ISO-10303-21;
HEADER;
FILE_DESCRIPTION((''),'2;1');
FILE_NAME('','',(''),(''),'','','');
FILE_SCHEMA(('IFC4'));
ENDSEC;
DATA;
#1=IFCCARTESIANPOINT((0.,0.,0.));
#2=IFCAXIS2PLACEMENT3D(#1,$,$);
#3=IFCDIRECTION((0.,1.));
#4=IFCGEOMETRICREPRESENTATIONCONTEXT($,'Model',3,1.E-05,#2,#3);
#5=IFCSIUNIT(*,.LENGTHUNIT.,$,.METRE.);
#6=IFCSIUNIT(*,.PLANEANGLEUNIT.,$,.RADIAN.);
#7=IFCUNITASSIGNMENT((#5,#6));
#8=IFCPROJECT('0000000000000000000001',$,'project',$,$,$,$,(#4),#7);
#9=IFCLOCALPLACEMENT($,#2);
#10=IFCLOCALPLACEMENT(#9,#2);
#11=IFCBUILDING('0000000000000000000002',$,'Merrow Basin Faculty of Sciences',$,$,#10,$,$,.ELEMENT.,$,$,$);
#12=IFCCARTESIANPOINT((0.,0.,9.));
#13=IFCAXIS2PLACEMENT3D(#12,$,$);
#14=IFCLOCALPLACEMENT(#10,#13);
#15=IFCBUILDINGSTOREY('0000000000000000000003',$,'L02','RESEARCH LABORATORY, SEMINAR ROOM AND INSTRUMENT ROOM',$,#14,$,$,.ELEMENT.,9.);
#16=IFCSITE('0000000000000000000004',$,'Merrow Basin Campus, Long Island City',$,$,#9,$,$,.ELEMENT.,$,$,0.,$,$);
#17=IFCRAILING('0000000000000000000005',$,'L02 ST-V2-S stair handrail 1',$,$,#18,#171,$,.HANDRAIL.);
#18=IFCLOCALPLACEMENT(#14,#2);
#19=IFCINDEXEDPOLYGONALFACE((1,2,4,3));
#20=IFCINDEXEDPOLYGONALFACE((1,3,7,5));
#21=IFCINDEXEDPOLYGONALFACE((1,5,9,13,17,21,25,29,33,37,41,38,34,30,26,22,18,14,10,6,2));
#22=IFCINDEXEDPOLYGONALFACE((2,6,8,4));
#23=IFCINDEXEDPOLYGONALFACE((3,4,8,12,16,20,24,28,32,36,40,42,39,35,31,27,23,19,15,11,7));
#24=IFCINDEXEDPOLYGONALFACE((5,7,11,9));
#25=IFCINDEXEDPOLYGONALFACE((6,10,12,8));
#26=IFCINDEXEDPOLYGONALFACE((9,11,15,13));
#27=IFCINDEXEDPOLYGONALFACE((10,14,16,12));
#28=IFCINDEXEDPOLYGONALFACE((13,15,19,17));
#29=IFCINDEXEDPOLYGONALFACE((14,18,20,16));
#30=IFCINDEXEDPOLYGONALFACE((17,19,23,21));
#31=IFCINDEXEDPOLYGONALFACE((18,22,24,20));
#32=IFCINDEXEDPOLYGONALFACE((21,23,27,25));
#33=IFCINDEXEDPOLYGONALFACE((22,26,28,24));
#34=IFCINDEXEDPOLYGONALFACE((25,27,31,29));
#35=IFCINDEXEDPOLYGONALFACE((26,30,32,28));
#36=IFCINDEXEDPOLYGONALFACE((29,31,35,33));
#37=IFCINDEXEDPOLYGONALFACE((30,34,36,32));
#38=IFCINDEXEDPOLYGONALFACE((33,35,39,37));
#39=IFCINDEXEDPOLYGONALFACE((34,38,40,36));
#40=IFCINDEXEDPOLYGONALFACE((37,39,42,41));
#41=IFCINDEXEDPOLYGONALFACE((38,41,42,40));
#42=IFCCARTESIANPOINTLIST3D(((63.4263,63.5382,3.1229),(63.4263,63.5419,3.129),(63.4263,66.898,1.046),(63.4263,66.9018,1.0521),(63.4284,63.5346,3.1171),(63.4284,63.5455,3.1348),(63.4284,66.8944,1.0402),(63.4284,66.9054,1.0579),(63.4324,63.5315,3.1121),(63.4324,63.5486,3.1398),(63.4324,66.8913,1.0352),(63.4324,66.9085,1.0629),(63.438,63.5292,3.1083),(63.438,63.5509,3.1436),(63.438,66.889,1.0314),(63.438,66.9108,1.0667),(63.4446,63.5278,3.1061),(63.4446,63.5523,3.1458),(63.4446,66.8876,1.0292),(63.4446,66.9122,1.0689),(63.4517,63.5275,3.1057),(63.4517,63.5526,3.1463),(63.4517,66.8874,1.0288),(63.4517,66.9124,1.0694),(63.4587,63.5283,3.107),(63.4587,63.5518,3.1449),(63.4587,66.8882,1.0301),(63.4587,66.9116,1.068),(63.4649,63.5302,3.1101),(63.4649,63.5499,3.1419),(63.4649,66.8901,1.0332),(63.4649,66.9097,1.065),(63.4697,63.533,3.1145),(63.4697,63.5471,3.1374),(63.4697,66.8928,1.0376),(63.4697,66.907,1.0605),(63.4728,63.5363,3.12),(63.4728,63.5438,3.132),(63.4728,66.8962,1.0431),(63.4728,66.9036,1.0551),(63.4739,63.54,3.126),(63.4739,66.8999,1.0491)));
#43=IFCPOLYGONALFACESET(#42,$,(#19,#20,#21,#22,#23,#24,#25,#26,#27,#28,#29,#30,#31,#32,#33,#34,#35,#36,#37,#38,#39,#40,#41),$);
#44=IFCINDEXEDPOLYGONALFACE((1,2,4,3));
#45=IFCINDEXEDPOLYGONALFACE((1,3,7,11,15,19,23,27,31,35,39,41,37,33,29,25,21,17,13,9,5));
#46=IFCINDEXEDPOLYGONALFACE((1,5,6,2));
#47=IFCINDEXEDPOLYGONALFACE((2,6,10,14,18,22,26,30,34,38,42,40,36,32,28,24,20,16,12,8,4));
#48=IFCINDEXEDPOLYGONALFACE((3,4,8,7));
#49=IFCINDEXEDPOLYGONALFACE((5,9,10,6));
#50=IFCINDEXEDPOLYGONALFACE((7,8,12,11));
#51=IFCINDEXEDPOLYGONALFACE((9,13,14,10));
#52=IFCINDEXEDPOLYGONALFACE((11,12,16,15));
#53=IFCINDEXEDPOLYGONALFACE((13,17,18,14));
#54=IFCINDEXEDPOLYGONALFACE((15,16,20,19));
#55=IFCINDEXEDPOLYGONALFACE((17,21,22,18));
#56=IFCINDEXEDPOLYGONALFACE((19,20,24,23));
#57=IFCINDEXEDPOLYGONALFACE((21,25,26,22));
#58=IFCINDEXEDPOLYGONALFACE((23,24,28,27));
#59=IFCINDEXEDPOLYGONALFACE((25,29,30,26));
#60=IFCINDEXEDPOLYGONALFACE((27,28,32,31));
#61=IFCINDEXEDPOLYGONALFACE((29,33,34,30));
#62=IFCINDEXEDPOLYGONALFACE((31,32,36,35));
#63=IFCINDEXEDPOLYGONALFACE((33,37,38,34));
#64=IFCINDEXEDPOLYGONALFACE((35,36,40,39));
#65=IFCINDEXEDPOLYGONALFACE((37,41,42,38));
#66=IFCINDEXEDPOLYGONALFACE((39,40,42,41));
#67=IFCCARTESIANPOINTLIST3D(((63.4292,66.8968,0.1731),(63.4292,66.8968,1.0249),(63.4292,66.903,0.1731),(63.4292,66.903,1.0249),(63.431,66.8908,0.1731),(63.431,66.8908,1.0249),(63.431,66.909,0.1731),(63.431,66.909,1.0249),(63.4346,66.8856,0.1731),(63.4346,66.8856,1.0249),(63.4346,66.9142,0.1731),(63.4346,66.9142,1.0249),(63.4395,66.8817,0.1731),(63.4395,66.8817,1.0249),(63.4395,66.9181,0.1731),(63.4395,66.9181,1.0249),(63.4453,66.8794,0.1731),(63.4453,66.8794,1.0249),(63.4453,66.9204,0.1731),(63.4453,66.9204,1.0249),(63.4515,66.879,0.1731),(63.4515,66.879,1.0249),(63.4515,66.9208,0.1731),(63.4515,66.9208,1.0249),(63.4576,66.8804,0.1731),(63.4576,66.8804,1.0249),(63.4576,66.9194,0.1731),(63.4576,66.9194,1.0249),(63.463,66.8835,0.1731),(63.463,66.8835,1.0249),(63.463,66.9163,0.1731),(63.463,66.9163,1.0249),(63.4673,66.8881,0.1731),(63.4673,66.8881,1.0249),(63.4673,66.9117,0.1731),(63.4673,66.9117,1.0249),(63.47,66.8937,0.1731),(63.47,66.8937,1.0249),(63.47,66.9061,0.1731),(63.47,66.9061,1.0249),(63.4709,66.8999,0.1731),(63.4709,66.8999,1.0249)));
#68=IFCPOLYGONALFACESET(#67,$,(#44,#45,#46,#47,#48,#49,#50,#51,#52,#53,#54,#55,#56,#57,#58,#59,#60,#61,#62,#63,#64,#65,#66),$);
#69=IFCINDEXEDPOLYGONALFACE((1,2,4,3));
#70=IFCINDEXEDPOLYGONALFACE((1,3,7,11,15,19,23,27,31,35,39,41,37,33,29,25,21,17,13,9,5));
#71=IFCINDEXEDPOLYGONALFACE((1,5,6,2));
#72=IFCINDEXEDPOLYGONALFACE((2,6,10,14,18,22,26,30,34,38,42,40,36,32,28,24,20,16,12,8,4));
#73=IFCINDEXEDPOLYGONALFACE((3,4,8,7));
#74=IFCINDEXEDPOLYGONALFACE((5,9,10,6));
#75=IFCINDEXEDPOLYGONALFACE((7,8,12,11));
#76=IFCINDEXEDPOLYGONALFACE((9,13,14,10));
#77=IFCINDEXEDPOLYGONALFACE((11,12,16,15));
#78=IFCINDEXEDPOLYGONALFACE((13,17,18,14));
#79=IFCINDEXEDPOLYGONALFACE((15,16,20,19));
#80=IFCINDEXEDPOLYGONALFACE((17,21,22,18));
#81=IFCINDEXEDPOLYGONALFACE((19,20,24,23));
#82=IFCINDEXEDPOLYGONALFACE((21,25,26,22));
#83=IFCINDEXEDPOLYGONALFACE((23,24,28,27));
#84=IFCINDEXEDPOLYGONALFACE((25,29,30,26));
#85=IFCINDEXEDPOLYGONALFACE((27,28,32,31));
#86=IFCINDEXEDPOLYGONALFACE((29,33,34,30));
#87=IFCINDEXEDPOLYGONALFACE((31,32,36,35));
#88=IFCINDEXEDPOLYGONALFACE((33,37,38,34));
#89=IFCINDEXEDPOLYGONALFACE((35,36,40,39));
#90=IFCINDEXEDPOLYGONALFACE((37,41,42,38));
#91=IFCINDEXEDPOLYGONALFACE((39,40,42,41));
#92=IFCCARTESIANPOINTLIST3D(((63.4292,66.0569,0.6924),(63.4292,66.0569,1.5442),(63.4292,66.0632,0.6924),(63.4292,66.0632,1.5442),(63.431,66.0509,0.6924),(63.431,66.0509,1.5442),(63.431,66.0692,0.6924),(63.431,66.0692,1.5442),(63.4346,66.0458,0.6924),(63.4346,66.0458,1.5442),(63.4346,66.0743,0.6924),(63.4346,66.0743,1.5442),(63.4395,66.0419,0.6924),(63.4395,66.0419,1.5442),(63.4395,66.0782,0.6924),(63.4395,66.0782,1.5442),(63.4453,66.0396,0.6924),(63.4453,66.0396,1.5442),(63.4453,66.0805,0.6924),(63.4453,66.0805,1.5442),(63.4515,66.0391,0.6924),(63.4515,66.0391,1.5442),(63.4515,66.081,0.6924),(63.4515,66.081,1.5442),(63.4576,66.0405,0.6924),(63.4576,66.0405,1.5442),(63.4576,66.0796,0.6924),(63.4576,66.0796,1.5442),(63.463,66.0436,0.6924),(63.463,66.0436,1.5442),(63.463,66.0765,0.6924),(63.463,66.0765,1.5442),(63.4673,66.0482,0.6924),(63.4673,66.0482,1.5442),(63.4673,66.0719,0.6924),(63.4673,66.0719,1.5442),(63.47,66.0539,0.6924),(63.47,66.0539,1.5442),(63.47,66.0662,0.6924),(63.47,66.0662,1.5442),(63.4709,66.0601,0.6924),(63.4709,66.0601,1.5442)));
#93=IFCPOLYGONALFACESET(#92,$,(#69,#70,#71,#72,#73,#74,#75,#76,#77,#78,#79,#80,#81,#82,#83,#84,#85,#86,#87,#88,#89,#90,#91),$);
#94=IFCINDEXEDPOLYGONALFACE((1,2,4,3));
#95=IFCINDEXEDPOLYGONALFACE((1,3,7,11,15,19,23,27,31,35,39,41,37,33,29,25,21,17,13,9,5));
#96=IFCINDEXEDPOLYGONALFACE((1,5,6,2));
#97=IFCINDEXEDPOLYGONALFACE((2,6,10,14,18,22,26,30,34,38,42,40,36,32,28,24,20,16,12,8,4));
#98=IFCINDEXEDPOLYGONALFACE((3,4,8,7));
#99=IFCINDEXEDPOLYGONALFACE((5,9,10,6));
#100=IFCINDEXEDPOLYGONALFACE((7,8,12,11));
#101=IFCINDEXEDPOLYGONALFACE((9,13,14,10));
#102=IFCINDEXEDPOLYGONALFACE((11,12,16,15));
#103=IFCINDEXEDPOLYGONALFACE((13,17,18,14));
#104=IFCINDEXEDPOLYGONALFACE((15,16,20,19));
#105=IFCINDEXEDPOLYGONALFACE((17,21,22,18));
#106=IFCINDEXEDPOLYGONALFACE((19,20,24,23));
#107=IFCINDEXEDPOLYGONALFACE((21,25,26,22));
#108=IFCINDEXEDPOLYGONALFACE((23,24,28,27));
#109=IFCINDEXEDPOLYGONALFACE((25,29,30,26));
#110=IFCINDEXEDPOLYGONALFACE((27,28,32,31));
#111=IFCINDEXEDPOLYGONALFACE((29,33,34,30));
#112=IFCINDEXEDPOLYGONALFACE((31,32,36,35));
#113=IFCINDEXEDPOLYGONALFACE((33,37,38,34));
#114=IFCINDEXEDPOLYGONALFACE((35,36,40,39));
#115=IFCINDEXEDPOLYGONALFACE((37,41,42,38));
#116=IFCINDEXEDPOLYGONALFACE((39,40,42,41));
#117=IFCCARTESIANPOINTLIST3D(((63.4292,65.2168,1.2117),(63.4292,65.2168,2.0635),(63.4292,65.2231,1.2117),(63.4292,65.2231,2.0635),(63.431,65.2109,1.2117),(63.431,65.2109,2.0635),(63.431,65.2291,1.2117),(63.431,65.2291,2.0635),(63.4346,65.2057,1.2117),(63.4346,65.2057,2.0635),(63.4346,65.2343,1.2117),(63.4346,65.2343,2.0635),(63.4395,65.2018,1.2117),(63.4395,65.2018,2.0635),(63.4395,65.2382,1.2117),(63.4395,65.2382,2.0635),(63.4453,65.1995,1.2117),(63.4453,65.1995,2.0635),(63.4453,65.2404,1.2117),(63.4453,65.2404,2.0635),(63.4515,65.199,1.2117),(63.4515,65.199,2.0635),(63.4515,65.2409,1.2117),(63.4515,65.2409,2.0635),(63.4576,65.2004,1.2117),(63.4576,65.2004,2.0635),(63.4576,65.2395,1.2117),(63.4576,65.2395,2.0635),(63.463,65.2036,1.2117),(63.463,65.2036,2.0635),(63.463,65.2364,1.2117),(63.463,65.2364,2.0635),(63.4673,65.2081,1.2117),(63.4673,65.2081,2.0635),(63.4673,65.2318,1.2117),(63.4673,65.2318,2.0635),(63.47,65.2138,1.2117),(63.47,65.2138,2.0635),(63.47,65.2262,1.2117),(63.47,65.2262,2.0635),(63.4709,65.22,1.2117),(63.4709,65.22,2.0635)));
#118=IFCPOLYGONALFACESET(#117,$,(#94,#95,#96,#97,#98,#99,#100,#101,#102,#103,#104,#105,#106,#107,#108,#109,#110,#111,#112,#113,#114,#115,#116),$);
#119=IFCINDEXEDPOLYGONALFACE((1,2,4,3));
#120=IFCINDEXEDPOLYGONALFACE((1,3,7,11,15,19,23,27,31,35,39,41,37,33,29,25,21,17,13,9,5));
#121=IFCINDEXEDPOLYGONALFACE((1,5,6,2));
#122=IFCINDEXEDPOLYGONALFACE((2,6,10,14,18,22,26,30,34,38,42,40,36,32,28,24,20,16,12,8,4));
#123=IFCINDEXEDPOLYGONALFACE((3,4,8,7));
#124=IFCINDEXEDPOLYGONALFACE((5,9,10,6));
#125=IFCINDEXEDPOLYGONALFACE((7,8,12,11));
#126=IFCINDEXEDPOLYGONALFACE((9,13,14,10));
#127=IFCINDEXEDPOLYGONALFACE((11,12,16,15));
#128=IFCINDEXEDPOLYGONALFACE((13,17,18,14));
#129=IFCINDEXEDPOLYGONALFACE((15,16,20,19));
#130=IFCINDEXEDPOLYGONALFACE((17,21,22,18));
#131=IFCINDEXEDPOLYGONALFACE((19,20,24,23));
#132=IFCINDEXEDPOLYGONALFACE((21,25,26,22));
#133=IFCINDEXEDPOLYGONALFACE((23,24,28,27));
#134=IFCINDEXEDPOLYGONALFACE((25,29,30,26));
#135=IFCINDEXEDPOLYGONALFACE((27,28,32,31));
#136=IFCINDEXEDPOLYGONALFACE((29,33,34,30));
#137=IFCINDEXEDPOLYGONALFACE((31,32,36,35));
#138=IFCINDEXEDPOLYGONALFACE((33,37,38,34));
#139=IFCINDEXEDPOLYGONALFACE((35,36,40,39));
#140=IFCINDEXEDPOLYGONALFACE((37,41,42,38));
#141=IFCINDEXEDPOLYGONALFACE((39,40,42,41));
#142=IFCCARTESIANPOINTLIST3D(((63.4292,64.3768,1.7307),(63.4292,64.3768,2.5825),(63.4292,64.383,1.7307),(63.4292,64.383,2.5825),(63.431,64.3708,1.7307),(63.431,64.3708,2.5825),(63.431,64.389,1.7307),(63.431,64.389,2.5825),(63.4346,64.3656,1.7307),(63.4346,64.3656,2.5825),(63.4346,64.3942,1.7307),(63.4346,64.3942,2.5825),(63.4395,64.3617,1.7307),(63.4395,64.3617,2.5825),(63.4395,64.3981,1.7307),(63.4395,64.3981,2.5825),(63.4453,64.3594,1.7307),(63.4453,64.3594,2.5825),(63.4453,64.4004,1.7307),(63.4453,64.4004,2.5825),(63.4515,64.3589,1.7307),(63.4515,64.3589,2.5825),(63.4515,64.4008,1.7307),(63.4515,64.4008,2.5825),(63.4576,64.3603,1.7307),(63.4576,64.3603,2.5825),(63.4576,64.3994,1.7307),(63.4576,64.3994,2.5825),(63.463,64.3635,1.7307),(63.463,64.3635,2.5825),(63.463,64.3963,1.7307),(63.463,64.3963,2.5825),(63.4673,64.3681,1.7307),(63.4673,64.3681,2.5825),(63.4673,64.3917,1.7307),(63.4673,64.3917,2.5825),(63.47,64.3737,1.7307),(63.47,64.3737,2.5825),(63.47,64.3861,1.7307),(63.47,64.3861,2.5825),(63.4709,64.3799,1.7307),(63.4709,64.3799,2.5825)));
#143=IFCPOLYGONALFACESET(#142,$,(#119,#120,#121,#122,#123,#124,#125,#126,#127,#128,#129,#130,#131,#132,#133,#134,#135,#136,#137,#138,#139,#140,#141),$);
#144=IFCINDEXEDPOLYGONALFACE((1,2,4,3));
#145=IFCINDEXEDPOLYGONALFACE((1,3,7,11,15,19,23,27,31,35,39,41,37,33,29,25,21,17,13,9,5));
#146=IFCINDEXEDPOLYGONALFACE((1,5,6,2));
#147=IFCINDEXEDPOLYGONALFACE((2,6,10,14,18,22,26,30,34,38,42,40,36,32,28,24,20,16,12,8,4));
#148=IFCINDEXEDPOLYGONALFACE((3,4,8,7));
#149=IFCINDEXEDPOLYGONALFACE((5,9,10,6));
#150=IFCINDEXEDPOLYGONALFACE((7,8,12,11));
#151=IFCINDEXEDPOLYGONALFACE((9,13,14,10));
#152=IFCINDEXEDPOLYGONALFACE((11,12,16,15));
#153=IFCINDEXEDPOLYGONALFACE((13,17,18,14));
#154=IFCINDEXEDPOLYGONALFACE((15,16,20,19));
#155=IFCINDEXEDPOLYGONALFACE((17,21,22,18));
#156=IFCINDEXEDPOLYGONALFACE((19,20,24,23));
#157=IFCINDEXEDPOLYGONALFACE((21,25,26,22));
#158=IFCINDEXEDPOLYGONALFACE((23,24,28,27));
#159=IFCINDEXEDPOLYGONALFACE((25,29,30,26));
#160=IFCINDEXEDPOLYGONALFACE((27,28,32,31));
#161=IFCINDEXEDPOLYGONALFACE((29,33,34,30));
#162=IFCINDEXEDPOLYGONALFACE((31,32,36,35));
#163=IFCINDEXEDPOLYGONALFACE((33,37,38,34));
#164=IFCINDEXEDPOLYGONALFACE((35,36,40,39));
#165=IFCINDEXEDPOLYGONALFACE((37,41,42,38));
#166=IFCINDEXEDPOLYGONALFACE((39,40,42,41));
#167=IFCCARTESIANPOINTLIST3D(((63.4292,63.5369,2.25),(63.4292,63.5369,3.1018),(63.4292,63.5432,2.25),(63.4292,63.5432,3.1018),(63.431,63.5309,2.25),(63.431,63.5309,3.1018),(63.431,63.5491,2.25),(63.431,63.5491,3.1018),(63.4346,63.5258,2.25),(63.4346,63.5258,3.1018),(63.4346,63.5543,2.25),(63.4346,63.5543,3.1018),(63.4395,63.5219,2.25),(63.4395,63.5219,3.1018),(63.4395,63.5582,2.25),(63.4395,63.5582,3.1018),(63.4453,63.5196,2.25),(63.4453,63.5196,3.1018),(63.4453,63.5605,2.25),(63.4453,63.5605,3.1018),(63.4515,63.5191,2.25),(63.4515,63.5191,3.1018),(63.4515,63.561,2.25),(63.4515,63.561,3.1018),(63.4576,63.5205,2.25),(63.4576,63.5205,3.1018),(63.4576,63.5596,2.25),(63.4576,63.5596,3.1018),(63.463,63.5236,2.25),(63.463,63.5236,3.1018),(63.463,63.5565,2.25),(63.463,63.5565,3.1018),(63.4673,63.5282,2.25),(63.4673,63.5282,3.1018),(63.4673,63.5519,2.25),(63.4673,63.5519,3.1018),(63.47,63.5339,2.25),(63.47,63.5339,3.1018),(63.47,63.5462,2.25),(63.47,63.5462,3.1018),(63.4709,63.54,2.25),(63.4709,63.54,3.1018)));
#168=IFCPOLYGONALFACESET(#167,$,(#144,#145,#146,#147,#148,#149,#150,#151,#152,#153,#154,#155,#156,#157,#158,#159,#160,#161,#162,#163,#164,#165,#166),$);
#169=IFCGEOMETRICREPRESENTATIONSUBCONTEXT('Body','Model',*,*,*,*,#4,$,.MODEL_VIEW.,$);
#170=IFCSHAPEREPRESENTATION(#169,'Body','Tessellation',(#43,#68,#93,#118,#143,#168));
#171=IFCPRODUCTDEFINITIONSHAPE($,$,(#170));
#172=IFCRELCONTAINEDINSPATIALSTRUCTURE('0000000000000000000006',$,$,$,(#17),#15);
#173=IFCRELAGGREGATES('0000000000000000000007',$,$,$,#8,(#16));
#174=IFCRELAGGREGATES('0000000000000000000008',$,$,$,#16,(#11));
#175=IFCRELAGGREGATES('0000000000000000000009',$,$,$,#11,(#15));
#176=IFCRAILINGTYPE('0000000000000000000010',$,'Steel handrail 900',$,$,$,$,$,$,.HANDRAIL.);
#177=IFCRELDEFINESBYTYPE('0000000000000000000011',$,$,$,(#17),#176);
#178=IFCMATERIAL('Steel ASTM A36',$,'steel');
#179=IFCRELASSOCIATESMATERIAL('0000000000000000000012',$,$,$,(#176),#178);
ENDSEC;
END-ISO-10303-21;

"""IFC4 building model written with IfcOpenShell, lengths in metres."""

from ifc_helpers import new_model, si_unit, direction, frame, origin, origin_2d, place, context, subcontext, project, spatial, circle, extrude, material, type_object, element, save


model = new_model("IFC4")

# Units and contexts
model_context = context("Model", 3, precision=1e-05, world=origin(), true_north=direction((0.0, 1.0)))
body_context = subcontext(model_context, "Body", "Model", "MODEL_VIEW")
ifc_project = project(units=[si_unit("LENGTHUNIT", "METRE"), si_unit("PLANEANGLEUNIT", "RADIAN")], contexts=[model_context])

# Site, building, storey
site_placement = place(None, origin())
site = spatial("IfcSite", under=ifc_project, at=site_placement, Name="Merrow Basin Campus, Long Island City", CompositionType="ELEMENT", RefElevation=0.0)
building_placement = place(site_placement, origin())
building = spatial("IfcBuilding", under=site, at=building_placement, Name="Merrow Basin Faculty of Sciences", CompositionType="ELEMENT")
storey_placement = place(building_placement, frame((0.0, 0.0, 9.0)))
storey = spatial("IfcBuildingStorey", under=building, at=storey_placement, Name="L02", Description="RESEARCH LABORATORY, SEMINAR ROOM AND INSTRUMENT ROOM", CompositionType="ELEMENT", Elevation=9.0)

# Railing
ifc_material_1 = material(Name="Steel ASTM A36", Category="steel")
railing_type_1 = type_object("IfcRailingType", Name="Steel handrail 900", PredefinedType="HANDRAIL", material=ifc_material_1)
railing_1_placement = place(storey_placement, frame((63.45, 66.8999, 0.1731)))
element("IfcRailing", 1, at=railing_1_placement, inside=storey, type_object=railing_type_1, Name="L02 ST-V2-S stair handrail 1", PredefinedType="HANDRAIL", context=body_context, shape_type="SweptSolid", body=[
    extrude(circle(Radius=0.0239, at=origin_2d()), frame((0.0, 0.0, 0.876), z_axis=(0.0, -0.850606, 0.525803), x_axis=(1.0, 0.0, 0.0)), (0.0, 0.0, 1.0), 3.95),
    extrude(circle(Radius=0.021, at=origin_2d()), origin(), (0.0, 0.0, 1.0), 0.8518),
    extrude(circle(Radius=0.021, at=origin_2d()), frame((0.0, -0.8398, 0.5193)), (0.0, 0.0, 1.0), 0.8518),
    extrude(circle(Radius=0.021, at=origin_2d()), frame((0.0, -1.6799, 1.0386)), (0.0, 0.0, 1.0), 0.8518),
    extrude(circle(Radius=0.021, at=origin_2d()), frame((0.0, -2.52, 1.5576)), (0.0, 0.0, 1.0), 0.8518),
    extrude(circle(Radius=0.021, at=origin_2d()), frame((0.0, -3.3599, 2.0769)), (0.0, 0.0, 1.0), 0.8518),
])

save(model, "model.ifc")
